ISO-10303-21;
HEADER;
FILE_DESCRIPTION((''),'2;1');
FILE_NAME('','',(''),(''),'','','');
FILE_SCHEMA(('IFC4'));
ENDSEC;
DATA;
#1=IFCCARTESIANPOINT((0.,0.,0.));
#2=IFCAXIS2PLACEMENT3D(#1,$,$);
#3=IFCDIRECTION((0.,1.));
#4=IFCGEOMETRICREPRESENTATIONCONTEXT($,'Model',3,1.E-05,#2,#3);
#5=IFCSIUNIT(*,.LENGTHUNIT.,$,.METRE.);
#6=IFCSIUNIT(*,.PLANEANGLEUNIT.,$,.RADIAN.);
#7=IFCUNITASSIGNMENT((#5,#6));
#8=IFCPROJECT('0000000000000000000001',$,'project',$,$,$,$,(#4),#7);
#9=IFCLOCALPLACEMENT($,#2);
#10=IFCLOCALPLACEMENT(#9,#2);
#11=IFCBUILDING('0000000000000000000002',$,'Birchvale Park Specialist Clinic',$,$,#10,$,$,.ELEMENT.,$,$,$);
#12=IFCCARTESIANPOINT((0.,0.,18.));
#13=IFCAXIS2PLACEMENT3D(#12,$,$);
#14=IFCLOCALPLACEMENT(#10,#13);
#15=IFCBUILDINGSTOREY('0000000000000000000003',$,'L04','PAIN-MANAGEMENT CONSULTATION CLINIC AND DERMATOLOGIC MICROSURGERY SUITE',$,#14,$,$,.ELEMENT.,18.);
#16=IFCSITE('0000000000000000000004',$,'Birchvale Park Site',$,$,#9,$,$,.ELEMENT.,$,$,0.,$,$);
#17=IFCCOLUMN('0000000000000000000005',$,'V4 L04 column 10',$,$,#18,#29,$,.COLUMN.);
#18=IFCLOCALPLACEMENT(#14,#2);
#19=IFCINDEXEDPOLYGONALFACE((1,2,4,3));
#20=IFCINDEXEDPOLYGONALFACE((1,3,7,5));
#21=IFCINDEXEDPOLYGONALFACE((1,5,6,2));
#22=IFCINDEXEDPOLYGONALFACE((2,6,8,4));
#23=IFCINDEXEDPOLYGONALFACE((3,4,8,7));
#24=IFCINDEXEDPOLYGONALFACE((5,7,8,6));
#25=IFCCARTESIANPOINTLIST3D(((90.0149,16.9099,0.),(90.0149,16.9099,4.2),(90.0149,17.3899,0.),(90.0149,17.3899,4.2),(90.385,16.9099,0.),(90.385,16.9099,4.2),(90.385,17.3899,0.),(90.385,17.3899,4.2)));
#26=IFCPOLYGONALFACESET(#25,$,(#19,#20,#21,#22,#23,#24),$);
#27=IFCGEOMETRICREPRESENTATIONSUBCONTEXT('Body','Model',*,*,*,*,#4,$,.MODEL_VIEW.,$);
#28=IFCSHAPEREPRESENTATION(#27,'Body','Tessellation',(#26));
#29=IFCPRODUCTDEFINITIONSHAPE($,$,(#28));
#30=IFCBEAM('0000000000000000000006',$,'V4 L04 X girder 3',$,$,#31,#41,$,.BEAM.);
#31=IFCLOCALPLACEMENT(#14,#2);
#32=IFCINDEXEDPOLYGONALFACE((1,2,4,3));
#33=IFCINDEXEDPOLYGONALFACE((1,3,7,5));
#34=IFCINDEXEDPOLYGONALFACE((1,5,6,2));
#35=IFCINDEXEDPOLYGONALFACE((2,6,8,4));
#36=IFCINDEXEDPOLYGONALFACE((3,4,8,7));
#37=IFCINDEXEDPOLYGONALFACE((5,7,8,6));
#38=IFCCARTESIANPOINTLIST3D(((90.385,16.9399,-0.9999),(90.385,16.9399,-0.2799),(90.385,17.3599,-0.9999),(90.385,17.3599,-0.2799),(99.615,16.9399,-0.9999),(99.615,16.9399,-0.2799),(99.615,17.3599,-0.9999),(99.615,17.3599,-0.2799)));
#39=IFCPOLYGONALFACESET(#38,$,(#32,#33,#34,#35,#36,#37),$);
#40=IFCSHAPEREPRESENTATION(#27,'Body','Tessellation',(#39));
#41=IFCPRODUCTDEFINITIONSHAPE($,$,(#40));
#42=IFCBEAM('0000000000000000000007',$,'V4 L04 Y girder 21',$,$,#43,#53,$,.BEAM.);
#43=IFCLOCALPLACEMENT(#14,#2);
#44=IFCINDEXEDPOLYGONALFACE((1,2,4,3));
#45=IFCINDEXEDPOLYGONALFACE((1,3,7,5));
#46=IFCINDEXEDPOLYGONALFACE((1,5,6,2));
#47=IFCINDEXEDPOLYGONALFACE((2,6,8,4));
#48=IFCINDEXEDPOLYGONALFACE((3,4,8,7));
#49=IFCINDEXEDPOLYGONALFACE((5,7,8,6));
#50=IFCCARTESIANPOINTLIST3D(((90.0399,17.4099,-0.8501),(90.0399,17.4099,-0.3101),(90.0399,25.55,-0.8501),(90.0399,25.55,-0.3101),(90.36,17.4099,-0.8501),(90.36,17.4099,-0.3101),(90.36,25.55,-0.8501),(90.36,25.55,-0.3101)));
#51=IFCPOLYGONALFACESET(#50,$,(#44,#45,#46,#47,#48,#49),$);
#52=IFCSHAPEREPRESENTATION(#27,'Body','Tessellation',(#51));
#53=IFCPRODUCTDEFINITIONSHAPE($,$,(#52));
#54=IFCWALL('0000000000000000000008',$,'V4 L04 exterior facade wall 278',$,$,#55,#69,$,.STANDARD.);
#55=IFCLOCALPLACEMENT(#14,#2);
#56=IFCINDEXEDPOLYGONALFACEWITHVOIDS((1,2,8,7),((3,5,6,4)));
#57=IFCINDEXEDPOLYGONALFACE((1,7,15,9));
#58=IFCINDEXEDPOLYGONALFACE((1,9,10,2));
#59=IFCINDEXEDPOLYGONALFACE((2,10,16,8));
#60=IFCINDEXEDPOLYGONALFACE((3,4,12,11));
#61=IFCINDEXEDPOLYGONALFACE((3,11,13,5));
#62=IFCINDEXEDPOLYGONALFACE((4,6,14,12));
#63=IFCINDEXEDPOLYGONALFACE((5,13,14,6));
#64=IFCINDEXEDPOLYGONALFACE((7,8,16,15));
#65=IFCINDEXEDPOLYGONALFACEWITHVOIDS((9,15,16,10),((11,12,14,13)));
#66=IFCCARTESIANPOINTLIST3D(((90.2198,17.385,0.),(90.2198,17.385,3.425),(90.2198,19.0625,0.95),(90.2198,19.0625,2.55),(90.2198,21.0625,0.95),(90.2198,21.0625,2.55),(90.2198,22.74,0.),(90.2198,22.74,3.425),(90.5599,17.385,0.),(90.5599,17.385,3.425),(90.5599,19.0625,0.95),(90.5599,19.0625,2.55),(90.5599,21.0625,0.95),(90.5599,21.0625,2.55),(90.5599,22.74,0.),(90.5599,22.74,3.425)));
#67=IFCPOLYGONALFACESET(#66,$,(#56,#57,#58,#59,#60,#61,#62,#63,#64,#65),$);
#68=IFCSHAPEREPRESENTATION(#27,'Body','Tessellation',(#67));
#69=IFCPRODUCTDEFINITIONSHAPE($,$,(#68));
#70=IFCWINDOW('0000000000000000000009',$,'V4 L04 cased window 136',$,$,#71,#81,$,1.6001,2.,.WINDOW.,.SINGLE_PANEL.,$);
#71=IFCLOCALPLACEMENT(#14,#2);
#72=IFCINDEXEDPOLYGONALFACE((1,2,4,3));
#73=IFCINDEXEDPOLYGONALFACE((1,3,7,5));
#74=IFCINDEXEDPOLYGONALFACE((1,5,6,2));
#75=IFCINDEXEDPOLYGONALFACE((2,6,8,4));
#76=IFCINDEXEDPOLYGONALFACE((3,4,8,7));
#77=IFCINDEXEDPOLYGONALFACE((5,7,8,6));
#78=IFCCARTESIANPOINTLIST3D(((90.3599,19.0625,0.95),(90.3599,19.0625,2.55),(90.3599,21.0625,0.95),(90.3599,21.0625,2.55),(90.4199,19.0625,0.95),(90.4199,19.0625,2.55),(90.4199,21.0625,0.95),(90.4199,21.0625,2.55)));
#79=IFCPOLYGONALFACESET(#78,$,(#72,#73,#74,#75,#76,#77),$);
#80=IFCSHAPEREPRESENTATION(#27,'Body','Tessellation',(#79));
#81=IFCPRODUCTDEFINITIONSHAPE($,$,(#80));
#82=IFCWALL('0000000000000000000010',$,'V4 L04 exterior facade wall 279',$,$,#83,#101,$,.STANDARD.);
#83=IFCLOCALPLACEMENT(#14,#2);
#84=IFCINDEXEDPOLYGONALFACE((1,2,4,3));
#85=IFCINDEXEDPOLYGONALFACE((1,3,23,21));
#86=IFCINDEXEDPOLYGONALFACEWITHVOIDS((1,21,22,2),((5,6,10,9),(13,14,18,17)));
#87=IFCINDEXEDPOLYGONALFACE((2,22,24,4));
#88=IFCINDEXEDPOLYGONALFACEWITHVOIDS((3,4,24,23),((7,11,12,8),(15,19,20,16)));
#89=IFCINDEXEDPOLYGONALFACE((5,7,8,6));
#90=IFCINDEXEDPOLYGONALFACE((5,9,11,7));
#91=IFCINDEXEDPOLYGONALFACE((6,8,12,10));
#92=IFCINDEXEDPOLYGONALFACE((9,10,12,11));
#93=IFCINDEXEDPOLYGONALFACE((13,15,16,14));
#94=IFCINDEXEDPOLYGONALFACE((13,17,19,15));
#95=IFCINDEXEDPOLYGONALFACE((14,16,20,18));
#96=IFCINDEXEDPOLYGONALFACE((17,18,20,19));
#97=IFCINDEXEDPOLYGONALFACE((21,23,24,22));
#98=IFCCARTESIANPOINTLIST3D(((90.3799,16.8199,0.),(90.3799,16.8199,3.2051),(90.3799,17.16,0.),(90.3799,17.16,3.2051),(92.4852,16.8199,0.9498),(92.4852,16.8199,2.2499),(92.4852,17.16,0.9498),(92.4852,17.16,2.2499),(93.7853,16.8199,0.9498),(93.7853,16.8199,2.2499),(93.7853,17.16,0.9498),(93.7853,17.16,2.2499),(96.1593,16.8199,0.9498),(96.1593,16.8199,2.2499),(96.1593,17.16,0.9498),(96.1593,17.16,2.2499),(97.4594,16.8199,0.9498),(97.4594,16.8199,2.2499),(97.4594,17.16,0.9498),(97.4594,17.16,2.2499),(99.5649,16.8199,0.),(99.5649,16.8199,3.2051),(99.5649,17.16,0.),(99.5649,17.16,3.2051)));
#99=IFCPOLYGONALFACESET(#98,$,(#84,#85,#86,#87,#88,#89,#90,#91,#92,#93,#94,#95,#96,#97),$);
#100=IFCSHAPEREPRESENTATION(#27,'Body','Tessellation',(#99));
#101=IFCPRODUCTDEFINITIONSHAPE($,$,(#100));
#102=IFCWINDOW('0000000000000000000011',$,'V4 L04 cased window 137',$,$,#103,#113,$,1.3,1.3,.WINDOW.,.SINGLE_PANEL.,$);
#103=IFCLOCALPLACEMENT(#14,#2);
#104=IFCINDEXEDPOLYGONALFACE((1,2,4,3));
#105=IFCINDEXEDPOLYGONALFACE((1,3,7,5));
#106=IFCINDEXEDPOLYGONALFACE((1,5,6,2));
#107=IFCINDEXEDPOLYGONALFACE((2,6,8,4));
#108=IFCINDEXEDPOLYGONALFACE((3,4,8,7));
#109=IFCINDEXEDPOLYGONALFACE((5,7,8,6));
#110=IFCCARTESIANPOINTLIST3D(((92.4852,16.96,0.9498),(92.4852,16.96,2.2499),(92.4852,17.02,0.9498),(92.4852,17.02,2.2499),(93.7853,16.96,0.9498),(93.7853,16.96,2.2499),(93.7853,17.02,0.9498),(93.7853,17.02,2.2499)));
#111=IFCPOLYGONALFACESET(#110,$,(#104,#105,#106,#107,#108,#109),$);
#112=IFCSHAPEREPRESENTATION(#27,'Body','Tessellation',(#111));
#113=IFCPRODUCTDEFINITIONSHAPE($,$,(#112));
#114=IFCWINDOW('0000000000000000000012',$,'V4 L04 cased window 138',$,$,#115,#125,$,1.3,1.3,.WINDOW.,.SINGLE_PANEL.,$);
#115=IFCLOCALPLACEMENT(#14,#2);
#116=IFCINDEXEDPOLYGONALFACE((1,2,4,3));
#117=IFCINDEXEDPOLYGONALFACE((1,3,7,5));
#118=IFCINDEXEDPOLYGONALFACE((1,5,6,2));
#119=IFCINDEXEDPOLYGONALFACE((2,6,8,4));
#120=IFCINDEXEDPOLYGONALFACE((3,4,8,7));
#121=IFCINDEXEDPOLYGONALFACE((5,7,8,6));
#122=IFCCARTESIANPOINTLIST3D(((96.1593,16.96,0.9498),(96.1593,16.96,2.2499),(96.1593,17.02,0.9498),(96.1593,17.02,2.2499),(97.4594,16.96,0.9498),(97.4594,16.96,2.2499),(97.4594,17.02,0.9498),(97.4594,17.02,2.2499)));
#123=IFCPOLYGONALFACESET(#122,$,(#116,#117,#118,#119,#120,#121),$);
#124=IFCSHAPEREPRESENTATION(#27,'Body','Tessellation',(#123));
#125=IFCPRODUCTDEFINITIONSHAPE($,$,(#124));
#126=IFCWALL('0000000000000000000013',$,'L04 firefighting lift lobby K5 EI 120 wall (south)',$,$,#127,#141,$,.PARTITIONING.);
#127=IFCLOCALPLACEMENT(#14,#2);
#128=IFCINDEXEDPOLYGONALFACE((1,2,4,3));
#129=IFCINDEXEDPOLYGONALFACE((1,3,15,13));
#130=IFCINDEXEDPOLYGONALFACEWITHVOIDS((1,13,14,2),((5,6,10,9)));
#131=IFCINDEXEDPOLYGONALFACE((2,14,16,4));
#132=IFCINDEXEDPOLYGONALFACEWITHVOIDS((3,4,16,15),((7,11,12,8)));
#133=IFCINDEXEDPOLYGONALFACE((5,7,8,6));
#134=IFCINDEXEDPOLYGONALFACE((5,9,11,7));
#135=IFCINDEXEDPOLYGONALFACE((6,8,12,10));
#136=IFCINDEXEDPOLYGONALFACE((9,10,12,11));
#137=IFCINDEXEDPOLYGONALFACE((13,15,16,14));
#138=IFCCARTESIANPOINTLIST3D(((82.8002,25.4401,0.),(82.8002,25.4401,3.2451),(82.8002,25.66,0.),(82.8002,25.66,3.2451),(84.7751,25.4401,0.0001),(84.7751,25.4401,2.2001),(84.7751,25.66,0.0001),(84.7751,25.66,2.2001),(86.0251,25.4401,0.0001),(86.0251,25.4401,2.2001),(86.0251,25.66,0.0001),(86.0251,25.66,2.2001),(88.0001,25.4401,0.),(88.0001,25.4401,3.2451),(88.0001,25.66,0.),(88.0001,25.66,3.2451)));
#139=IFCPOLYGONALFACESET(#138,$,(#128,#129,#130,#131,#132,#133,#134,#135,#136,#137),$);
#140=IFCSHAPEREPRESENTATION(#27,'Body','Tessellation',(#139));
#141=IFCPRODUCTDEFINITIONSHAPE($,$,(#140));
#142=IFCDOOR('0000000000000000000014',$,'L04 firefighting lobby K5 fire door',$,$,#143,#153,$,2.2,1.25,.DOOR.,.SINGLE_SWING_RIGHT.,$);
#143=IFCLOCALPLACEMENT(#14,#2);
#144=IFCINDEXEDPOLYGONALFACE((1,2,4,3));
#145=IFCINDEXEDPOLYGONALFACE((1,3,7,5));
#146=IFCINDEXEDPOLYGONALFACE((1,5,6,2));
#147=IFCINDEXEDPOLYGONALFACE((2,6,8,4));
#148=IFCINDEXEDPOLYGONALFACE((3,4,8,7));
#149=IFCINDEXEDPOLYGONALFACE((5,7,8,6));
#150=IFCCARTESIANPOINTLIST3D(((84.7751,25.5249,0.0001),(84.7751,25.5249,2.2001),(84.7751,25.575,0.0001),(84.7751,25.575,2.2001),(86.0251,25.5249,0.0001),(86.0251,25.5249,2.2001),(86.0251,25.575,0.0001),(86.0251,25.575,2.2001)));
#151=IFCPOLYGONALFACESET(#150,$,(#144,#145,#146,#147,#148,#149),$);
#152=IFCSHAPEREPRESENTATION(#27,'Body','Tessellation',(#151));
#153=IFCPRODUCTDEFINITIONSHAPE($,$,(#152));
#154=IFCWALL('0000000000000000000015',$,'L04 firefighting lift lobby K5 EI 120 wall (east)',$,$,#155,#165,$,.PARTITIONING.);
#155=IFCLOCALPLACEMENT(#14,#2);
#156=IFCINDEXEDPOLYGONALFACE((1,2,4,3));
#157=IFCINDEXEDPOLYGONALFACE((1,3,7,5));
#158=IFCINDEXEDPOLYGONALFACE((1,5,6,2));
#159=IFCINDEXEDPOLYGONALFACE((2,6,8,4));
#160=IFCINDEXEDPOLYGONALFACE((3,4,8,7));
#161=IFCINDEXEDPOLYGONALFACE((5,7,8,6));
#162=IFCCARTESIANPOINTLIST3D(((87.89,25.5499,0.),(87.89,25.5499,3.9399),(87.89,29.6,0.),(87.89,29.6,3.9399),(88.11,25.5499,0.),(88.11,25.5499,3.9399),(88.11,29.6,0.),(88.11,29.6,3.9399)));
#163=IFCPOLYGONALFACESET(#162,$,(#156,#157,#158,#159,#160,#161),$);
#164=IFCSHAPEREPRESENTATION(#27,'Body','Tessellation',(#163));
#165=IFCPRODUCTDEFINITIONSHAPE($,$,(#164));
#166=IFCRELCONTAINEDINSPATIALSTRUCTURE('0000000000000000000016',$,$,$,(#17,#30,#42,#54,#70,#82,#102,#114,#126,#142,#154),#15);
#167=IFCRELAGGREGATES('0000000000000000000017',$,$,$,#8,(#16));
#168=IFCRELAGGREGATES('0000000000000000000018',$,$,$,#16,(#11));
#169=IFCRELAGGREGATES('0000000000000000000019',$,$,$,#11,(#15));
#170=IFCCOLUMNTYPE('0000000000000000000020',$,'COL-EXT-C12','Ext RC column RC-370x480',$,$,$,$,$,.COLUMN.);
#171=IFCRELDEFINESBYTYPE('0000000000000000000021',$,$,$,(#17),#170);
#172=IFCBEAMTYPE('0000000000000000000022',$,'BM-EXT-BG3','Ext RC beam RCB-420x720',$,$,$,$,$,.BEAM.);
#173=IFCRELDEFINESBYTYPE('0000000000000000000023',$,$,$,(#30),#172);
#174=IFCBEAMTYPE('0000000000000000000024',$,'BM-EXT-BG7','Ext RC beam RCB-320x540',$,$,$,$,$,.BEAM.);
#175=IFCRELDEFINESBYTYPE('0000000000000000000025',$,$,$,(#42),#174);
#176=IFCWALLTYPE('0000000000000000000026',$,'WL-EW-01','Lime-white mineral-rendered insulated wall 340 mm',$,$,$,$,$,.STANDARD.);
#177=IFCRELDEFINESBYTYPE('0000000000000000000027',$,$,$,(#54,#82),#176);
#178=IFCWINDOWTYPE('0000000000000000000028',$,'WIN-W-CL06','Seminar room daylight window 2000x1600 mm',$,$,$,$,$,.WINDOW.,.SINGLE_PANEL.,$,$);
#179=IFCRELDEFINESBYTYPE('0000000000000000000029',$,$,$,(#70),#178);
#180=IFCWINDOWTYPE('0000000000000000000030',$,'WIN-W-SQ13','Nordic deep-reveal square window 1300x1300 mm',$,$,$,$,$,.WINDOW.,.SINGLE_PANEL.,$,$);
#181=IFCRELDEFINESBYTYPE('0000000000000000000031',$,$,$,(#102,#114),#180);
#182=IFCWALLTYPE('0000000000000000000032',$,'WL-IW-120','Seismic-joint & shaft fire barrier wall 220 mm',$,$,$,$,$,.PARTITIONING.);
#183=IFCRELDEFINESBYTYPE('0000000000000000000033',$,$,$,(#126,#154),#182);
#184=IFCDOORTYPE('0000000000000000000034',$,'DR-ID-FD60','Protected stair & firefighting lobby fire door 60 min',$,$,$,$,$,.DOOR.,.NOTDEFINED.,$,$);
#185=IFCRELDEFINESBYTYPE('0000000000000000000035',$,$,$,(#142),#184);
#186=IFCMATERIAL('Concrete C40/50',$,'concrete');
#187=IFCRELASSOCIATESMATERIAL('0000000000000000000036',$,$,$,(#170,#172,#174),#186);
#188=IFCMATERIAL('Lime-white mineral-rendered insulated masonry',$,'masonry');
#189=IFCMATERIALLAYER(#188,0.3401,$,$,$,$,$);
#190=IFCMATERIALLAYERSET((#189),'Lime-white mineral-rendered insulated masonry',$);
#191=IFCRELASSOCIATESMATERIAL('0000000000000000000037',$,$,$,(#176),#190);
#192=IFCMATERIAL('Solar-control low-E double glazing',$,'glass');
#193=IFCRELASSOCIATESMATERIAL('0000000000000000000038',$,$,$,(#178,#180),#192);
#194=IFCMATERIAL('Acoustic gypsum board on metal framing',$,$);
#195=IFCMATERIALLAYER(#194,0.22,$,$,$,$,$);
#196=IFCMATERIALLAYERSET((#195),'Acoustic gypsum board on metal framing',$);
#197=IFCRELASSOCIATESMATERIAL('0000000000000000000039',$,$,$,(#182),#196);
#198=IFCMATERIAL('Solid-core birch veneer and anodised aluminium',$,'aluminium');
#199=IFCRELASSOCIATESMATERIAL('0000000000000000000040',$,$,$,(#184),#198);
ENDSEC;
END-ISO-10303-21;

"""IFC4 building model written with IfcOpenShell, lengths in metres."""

from ifc_helpers import new_model, si_unit, direction, frame, frame_2d, origin, origin_2d, place, context, subcontext, project, spatial, rectangle, extrude, material, layer, layer_set, material_profile, profile_set, type_object, element, fill, save


model = new_model("IFC4")

# Units and contexts
model_context = context("Model", 3, precision=1e-05, world=origin(), true_north=direction((0.0, 1.0)))
body_context = subcontext(model_context, "Body", "Model", "MODEL_VIEW")
ifc_project = project(units=[si_unit("LENGTHUNIT", "METRE"), si_unit("PLANEANGLEUNIT", "RADIAN")], contexts=[model_context])

# Site, building, storey
site_placement = place(None, origin())
site = spatial("IfcSite", under=ifc_project, at=site_placement, Name="Birchvale Park Site", CompositionType="ELEMENT", RefElevation=0.0)
building_placement = place(site_placement, origin())
building = spatial("IfcBuilding", under=site, at=building_placement, Name="Birchvale Park Specialist Clinic", CompositionType="ELEMENT")
storey_placement = place(building_placement, frame((0.0, 0.0, 18.0)))
storey = spatial("IfcBuildingStorey", under=building, at=storey_placement, Name="L04", Description="PAIN-MANAGEMENT CONSULTATION CLINIC AND DERMATOLOGIC MICROSURGERY SUITE", CompositionType="ELEMENT", Elevation=18.0)

# Column
ifc_material_1 = material(Name="Concrete C40/50", Category="concrete")
ifc_material_profile_1 = material_profile(ifc_material_1, rectangle(XDim=0.3701, YDim=0.48, at=origin_2d()), Name="RC-370x480")
ifc_profile_set_1 = profile_set([ifc_material_profile_1], Name="Concrete C40/50")
column_type = type_object("IfcColumnType", Name="COL-EXT-C12", Description="Ext RC column RC-370x480", PredefinedType="COLUMN", material=ifc_profile_set_1)
column_placement = place(storey_placement, frame((90.2, 17.1499, 0.0), z_axis=(0.0, 0.0, 1.0), x_axis=(1.0, 0.0, 0.0)))
element("IfcColumn", 1, at=column_placement, inside=storey, type_object=column_type, Name="V4 L04 column 10", PredefinedType="COLUMN", context=body_context, shape_type="SweptSolid", body=[
    extrude(rectangle(XDim=0.3701, YDim=0.48, at=origin_2d()), origin(), (0.0, 0.0, 1.0), 4.2),
])

# Beams
ifc_material_profile_2 = material_profile(ifc_material_1, rectangle(XDim=0.4199, YDim=0.72, at=origin_2d()), Name="RCB-420x720")
ifc_profile_set_2 = profile_set([ifc_material_profile_2], Name="Concrete C40/50")
beam_type_1 = type_object("IfcBeamType", Name="BM-EXT-BG3", Description="Ext RC beam RCB-420x720", PredefinedType="BEAM", material=ifc_profile_set_2)
beam_1_placement = place(storey_placement, frame((90.385, 17.1499, -0.6399), z_axis=(1.0, 0.0, 0.0), x_axis=(0.0, 1.0, 0.0)))
element("IfcBeam", 2, at=beam_1_placement, inside=storey, type_object=beam_type_1, Name="V4 L04 X girder 3", PredefinedType="BEAM", context=body_context, shape_type="SweptSolid", body=[
    extrude(rectangle(XDim=0.4199, YDim=0.72, at=origin_2d()), origin(), (0.0, 0.0, 1.0), 9.23),
])
ifc_material_profile_3 = material_profile(ifc_material_1, rectangle(XDim=0.3201, YDim=0.54, at=origin_2d()), Name="RCB-320x540")
ifc_profile_set_3 = profile_set([ifc_material_profile_3], Name="Concrete C40/50")
beam_type_2 = type_object("IfcBeamType", Name="BM-EXT-BG7", Description="Ext RC beam RCB-320x540", PredefinedType="BEAM", material=ifc_profile_set_3)
beam_2_placement = place(storey_placement, frame((90.2, 17.4099, -0.5801), z_axis=(0.0, 1.0, 0.0), x_axis=(-1.0, 0.0, 0.0)))
element("IfcBeam", 3, at=beam_2_placement, inside=storey, type_object=beam_type_2, Name="V4 L04 Y girder 21", PredefinedType="BEAM", context=body_context, shape_type="SweptSolid", body=[
    extrude(rectangle(XDim=0.3201, YDim=0.54, at=origin_2d()), origin(), (0.0, 0.0, 1.0), 8.1401),
])

# Wall, opening, window
ifc_material_2 = material(Name="Lime-white mineral-rendered insulated masonry", Category="masonry")
ifc_layer_1 = layer(ifc_material_2, 0.3401)
ifc_layer_set_1 = layer_set([ifc_layer_1], Name="Lime-white mineral-rendered insulated masonry")
wall_type_1 = type_object("IfcWallType", Name="WL-EW-01", Description="Lime-white mineral-rendered insulated wall 340 mm", PredefinedType="STANDARD", material=ifc_layer_set_1)
wall_1_placement = place(storey_placement, frame((90.3899, 22.74, 0.0), z_axis=(0.0, 0.0, 1.0), x_axis=(0.0, -1.0, 0.0)))
wall_1 = element("IfcWall", 4, at=wall_1_placement, inside=storey, type_object=wall_type_1, Name="V4 L04 exterior facade wall 278", PredefinedType="STANDARD", context=body_context, shape_type="SweptSolid", body=[
    extrude(rectangle(XDim=5.355, YDim=0.3401, at=frame_2d((2.6775, 0.0))), origin(), (0.0, 0.0, 1.0), 3.425),
])
opening_1_placement = place(wall_1_placement, frame((1.6775, 0.0, 0.95)))
opening_1 = element("IfcOpeningElement", 5, at=opening_1_placement, cuts=wall_1, PredefinedType="OPENING", context=body_context, shape_type="SweptSolid", body=[
    extrude(rectangle(XDim=2.0, YDim=1.6001, at=frame_2d((1.0, 0.8))), frame((0.0, 0.1802, 0.0), z_axis=(0.0, -1.0, 0.0), x_axis=(1.0, 0.0, 0.0)), (0.0, 0.0, 1.0), 0.3601),
])
ifc_material_3 = material(Name="Solar-control low-E double glazing", Category="glass")
window_type_1 = type_object("IfcWindowType", Name="WIN-W-CL06", Description="Seminar room daylight window 2000x1600 mm", PartitioningType="SINGLE_PANEL", PredefinedType="WINDOW", material=ifc_material_3)
window_1_placement = place(opening_1_placement, origin())
window_1 = element("IfcWindow", 6, at=window_1_placement, inside=storey, type_object=window_type_1, Name="V4 L04 cased window 136", OverallHeight=1.6001, OverallWidth=2.0, PartitioningType="SINGLE_PANEL", PredefinedType="WINDOW", context=body_context, shape_type="SweptSolid", body=[
    extrude(rectangle(XDim=2.0, YDim=1.6001, at=frame_2d((1.0, 0.8))), frame((0.0, 0.03, 0.0), z_axis=(0.0, -1.0, 0.0), x_axis=(1.0, 0.0, 0.0)), (0.0, 0.0, 1.0), 0.0601),
])
fill(opening_1, window_1)

# Wall, openings, windows
wall_2_placement = place(storey_placement, frame((90.3799, 16.99, 0.0), z_axis=(0.0, 0.0, 1.0), x_axis=(1.0, 0.0, 0.0)))
wall_2 = element("IfcWall", 7, at=wall_2_placement, inside=storey, type_object=wall_type_1, Name="V4 L04 exterior facade wall 279", PredefinedType="STANDARD", context=body_context, shape_type="SweptSolid", body=[
    extrude(rectangle(XDim=9.1851, YDim=0.3401, at=frame_2d((4.5925, 0.0))), origin(), (0.0, 0.0, 1.0), 3.2051),
])
opening_2_placement = place(wall_2_placement, frame((2.1055, 0.0, 0.95)))
opening_2 = element("IfcOpeningElement", 8, at=opening_2_placement, cuts=wall_2, PredefinedType="OPENING", context=body_context, shape_type="SweptSolid", body=[
    extrude(rectangle(XDim=1.3, YDim=1.3, at=frame_2d((0.6499, 0.6499))), frame((0.0, 0.1802, 0.0), z_axis=(0.0, -1.0, 0.0), x_axis=(1.0, 0.0, 0.0)), (0.0, 0.0, 1.0), 0.3601),
])
opening_3_placement = place(wall_2_placement, frame((5.7795, 0.0, 0.95)))
opening_3 = element("IfcOpeningElement", 9, at=opening_3_placement, cuts=wall_2, PredefinedType="OPENING", context=body_context, shape_type="SweptSolid", body=[
    extrude(rectangle(XDim=1.3, YDim=1.3, at=frame_2d((0.6499, 0.6499))), frame((0.0, 0.1802, 0.0), z_axis=(0.0, -1.0, 0.0), x_axis=(1.0, 0.0, 0.0)), (0.0, 0.0, 1.0), 0.3601),
])
window_type_2 = type_object("IfcWindowType", Name="WIN-W-SQ13", Description="Nordic deep-reveal square window 1300x1300 mm", PartitioningType="SINGLE_PANEL", PredefinedType="WINDOW", material=ifc_material_3)
window_2_placement = place(opening_2_placement, origin())
window_2 = element("IfcWindow", 10, at=window_2_placement, inside=storey, type_object=window_type_2, Name="V4 L04 cased window 137", OverallHeight=1.3, OverallWidth=1.3, PartitioningType="SINGLE_PANEL", PredefinedType="WINDOW", context=body_context, shape_type="SweptSolid", body=[
    extrude(rectangle(XDim=1.3, YDim=1.3, at=frame_2d((0.6499, 0.6499))), frame((0.0, 0.03, 0.0), z_axis=(0.0, -1.0, 0.0), x_axis=(1.0, 0.0, 0.0)), (0.0, 0.0, 1.0), 0.0601),
])
fill(opening_2, window_2)
window_3_placement = place(opening_3_placement, origin())
window_3 = element("IfcWindow", 11, at=window_3_placement, inside=storey, type_object=window_type_2, Name="V4 L04 cased window 138", OverallHeight=1.3, OverallWidth=1.3, PartitioningType="SINGLE_PANEL", PredefinedType="WINDOW", context=body_context, shape_type="SweptSolid", body=[
    extrude(rectangle(XDim=1.3, YDim=1.3, at=frame_2d((0.6499, 0.6499))), frame((0.0, 0.03, 0.0), z_axis=(0.0, -1.0, 0.0), x_axis=(1.0, 0.0, 0.0)), (0.0, 0.0, 1.0), 0.0601),
])
fill(opening_3, window_3)

# Wall, opening, door
ifc_material_4 = material(Name="Acoustic gypsum board on metal framing")
ifc_layer_2 = layer(ifc_material_4, 0.22)
ifc_layer_set_2 = layer_set([ifc_layer_2], Name="Acoustic gypsum board on metal framing")
wall_type_2 = type_object("IfcWallType", Name="WL-IW-120", Description="Seismic-joint & shaft fire barrier wall 220 mm", PredefinedType="PARTITIONING", material=ifc_layer_set_2)
wall_3_placement = place(storey_placement, frame((82.8, 25.55, 0.0), z_axis=(0.0, 0.0, 1.0), x_axis=(1.0, 0.0, 0.0)))
wall_3 = element("IfcWall", 12, at=wall_3_placement, inside=storey, type_object=wall_type_2, Name="L04 firefighting lift lobby K5 EI 120 wall (south)", PredefinedType="PARTITIONING", context=body_context, shape_type="SweptSolid", body=[
    extrude(rectangle(XDim=5.2, YDim=0.22, at=frame_2d((2.6001, 0.0))), origin(), (0.0, 0.0, 1.0), 3.2451),
])
opening_4_placement = place(wall_3_placement, frame((1.9751, 0.0, 0.0)))
opening_4 = element("IfcOpeningElement", 13, at=opening_4_placement, cuts=wall_3, PredefinedType="OPENING", context=body_context, shape_type="SweptSolid", body=[
    extrude(rectangle(XDim=1.25, YDim=2.2, at=frame_2d((0.625, 1.1001))), frame((0.0, 0.1201, 0.0), z_axis=(0.0, -1.0, 0.0), x_axis=(1.0, 0.0, 0.0)), (0.0, 0.0, 1.0), 0.24),
])
ifc_material_5 = material(Name="Solid-core birch veneer and anodised aluminium", Category="aluminium")
door_type = type_object("IfcDoorType", Name="DR-ID-FD60", Description="Protected stair & firefighting lobby fire door 60 min", OperationType="NOTDEFINED", PredefinedType="DOOR", material=ifc_material_5)
door_placement = place(opening_4_placement, origin())
door = element("IfcDoor", 14, at=door_placement, inside=storey, type_object=door_type, Name="L04 firefighting lobby K5 fire door", OperationType="SINGLE_SWING_RIGHT", OverallHeight=2.2, OverallWidth=1.25, PredefinedType="DOOR", context=body_context, shape_type="SweptSolid", body=[
    extrude(rectangle(XDim=1.25, YDim=2.2, at=frame_2d((0.625, 1.1001))), frame((0.0, 0.0249, 0.0), z_axis=(0.0, -1.0, 0.0), x_axis=(1.0, 0.0, 0.0)), (0.0, 0.0, 1.0), 0.05),
])
fill(opening_4, door)

# Wall
wall_4_placement = place(storey_placement, frame((88.0, 25.55, 0.0), z_axis=(0.0, 0.0, 1.0), x_axis=(0.0, 1.0, 0.0)))
element("IfcWall", 15, at=wall_4_placement, inside=storey, type_object=wall_type_2, Name="L04 firefighting lift lobby K5 EI 120 wall (east)", PredefinedType="PARTITIONING", context=body_context, shape_type="SweptSolid", body=[
    extrude(rectangle(XDim=4.05, YDim=0.22, at=frame_2d((2.0249, 0.0))), origin(), (0.0, 0.0, 1.0), 3.9399),
])

save(model, "model.ifc")
